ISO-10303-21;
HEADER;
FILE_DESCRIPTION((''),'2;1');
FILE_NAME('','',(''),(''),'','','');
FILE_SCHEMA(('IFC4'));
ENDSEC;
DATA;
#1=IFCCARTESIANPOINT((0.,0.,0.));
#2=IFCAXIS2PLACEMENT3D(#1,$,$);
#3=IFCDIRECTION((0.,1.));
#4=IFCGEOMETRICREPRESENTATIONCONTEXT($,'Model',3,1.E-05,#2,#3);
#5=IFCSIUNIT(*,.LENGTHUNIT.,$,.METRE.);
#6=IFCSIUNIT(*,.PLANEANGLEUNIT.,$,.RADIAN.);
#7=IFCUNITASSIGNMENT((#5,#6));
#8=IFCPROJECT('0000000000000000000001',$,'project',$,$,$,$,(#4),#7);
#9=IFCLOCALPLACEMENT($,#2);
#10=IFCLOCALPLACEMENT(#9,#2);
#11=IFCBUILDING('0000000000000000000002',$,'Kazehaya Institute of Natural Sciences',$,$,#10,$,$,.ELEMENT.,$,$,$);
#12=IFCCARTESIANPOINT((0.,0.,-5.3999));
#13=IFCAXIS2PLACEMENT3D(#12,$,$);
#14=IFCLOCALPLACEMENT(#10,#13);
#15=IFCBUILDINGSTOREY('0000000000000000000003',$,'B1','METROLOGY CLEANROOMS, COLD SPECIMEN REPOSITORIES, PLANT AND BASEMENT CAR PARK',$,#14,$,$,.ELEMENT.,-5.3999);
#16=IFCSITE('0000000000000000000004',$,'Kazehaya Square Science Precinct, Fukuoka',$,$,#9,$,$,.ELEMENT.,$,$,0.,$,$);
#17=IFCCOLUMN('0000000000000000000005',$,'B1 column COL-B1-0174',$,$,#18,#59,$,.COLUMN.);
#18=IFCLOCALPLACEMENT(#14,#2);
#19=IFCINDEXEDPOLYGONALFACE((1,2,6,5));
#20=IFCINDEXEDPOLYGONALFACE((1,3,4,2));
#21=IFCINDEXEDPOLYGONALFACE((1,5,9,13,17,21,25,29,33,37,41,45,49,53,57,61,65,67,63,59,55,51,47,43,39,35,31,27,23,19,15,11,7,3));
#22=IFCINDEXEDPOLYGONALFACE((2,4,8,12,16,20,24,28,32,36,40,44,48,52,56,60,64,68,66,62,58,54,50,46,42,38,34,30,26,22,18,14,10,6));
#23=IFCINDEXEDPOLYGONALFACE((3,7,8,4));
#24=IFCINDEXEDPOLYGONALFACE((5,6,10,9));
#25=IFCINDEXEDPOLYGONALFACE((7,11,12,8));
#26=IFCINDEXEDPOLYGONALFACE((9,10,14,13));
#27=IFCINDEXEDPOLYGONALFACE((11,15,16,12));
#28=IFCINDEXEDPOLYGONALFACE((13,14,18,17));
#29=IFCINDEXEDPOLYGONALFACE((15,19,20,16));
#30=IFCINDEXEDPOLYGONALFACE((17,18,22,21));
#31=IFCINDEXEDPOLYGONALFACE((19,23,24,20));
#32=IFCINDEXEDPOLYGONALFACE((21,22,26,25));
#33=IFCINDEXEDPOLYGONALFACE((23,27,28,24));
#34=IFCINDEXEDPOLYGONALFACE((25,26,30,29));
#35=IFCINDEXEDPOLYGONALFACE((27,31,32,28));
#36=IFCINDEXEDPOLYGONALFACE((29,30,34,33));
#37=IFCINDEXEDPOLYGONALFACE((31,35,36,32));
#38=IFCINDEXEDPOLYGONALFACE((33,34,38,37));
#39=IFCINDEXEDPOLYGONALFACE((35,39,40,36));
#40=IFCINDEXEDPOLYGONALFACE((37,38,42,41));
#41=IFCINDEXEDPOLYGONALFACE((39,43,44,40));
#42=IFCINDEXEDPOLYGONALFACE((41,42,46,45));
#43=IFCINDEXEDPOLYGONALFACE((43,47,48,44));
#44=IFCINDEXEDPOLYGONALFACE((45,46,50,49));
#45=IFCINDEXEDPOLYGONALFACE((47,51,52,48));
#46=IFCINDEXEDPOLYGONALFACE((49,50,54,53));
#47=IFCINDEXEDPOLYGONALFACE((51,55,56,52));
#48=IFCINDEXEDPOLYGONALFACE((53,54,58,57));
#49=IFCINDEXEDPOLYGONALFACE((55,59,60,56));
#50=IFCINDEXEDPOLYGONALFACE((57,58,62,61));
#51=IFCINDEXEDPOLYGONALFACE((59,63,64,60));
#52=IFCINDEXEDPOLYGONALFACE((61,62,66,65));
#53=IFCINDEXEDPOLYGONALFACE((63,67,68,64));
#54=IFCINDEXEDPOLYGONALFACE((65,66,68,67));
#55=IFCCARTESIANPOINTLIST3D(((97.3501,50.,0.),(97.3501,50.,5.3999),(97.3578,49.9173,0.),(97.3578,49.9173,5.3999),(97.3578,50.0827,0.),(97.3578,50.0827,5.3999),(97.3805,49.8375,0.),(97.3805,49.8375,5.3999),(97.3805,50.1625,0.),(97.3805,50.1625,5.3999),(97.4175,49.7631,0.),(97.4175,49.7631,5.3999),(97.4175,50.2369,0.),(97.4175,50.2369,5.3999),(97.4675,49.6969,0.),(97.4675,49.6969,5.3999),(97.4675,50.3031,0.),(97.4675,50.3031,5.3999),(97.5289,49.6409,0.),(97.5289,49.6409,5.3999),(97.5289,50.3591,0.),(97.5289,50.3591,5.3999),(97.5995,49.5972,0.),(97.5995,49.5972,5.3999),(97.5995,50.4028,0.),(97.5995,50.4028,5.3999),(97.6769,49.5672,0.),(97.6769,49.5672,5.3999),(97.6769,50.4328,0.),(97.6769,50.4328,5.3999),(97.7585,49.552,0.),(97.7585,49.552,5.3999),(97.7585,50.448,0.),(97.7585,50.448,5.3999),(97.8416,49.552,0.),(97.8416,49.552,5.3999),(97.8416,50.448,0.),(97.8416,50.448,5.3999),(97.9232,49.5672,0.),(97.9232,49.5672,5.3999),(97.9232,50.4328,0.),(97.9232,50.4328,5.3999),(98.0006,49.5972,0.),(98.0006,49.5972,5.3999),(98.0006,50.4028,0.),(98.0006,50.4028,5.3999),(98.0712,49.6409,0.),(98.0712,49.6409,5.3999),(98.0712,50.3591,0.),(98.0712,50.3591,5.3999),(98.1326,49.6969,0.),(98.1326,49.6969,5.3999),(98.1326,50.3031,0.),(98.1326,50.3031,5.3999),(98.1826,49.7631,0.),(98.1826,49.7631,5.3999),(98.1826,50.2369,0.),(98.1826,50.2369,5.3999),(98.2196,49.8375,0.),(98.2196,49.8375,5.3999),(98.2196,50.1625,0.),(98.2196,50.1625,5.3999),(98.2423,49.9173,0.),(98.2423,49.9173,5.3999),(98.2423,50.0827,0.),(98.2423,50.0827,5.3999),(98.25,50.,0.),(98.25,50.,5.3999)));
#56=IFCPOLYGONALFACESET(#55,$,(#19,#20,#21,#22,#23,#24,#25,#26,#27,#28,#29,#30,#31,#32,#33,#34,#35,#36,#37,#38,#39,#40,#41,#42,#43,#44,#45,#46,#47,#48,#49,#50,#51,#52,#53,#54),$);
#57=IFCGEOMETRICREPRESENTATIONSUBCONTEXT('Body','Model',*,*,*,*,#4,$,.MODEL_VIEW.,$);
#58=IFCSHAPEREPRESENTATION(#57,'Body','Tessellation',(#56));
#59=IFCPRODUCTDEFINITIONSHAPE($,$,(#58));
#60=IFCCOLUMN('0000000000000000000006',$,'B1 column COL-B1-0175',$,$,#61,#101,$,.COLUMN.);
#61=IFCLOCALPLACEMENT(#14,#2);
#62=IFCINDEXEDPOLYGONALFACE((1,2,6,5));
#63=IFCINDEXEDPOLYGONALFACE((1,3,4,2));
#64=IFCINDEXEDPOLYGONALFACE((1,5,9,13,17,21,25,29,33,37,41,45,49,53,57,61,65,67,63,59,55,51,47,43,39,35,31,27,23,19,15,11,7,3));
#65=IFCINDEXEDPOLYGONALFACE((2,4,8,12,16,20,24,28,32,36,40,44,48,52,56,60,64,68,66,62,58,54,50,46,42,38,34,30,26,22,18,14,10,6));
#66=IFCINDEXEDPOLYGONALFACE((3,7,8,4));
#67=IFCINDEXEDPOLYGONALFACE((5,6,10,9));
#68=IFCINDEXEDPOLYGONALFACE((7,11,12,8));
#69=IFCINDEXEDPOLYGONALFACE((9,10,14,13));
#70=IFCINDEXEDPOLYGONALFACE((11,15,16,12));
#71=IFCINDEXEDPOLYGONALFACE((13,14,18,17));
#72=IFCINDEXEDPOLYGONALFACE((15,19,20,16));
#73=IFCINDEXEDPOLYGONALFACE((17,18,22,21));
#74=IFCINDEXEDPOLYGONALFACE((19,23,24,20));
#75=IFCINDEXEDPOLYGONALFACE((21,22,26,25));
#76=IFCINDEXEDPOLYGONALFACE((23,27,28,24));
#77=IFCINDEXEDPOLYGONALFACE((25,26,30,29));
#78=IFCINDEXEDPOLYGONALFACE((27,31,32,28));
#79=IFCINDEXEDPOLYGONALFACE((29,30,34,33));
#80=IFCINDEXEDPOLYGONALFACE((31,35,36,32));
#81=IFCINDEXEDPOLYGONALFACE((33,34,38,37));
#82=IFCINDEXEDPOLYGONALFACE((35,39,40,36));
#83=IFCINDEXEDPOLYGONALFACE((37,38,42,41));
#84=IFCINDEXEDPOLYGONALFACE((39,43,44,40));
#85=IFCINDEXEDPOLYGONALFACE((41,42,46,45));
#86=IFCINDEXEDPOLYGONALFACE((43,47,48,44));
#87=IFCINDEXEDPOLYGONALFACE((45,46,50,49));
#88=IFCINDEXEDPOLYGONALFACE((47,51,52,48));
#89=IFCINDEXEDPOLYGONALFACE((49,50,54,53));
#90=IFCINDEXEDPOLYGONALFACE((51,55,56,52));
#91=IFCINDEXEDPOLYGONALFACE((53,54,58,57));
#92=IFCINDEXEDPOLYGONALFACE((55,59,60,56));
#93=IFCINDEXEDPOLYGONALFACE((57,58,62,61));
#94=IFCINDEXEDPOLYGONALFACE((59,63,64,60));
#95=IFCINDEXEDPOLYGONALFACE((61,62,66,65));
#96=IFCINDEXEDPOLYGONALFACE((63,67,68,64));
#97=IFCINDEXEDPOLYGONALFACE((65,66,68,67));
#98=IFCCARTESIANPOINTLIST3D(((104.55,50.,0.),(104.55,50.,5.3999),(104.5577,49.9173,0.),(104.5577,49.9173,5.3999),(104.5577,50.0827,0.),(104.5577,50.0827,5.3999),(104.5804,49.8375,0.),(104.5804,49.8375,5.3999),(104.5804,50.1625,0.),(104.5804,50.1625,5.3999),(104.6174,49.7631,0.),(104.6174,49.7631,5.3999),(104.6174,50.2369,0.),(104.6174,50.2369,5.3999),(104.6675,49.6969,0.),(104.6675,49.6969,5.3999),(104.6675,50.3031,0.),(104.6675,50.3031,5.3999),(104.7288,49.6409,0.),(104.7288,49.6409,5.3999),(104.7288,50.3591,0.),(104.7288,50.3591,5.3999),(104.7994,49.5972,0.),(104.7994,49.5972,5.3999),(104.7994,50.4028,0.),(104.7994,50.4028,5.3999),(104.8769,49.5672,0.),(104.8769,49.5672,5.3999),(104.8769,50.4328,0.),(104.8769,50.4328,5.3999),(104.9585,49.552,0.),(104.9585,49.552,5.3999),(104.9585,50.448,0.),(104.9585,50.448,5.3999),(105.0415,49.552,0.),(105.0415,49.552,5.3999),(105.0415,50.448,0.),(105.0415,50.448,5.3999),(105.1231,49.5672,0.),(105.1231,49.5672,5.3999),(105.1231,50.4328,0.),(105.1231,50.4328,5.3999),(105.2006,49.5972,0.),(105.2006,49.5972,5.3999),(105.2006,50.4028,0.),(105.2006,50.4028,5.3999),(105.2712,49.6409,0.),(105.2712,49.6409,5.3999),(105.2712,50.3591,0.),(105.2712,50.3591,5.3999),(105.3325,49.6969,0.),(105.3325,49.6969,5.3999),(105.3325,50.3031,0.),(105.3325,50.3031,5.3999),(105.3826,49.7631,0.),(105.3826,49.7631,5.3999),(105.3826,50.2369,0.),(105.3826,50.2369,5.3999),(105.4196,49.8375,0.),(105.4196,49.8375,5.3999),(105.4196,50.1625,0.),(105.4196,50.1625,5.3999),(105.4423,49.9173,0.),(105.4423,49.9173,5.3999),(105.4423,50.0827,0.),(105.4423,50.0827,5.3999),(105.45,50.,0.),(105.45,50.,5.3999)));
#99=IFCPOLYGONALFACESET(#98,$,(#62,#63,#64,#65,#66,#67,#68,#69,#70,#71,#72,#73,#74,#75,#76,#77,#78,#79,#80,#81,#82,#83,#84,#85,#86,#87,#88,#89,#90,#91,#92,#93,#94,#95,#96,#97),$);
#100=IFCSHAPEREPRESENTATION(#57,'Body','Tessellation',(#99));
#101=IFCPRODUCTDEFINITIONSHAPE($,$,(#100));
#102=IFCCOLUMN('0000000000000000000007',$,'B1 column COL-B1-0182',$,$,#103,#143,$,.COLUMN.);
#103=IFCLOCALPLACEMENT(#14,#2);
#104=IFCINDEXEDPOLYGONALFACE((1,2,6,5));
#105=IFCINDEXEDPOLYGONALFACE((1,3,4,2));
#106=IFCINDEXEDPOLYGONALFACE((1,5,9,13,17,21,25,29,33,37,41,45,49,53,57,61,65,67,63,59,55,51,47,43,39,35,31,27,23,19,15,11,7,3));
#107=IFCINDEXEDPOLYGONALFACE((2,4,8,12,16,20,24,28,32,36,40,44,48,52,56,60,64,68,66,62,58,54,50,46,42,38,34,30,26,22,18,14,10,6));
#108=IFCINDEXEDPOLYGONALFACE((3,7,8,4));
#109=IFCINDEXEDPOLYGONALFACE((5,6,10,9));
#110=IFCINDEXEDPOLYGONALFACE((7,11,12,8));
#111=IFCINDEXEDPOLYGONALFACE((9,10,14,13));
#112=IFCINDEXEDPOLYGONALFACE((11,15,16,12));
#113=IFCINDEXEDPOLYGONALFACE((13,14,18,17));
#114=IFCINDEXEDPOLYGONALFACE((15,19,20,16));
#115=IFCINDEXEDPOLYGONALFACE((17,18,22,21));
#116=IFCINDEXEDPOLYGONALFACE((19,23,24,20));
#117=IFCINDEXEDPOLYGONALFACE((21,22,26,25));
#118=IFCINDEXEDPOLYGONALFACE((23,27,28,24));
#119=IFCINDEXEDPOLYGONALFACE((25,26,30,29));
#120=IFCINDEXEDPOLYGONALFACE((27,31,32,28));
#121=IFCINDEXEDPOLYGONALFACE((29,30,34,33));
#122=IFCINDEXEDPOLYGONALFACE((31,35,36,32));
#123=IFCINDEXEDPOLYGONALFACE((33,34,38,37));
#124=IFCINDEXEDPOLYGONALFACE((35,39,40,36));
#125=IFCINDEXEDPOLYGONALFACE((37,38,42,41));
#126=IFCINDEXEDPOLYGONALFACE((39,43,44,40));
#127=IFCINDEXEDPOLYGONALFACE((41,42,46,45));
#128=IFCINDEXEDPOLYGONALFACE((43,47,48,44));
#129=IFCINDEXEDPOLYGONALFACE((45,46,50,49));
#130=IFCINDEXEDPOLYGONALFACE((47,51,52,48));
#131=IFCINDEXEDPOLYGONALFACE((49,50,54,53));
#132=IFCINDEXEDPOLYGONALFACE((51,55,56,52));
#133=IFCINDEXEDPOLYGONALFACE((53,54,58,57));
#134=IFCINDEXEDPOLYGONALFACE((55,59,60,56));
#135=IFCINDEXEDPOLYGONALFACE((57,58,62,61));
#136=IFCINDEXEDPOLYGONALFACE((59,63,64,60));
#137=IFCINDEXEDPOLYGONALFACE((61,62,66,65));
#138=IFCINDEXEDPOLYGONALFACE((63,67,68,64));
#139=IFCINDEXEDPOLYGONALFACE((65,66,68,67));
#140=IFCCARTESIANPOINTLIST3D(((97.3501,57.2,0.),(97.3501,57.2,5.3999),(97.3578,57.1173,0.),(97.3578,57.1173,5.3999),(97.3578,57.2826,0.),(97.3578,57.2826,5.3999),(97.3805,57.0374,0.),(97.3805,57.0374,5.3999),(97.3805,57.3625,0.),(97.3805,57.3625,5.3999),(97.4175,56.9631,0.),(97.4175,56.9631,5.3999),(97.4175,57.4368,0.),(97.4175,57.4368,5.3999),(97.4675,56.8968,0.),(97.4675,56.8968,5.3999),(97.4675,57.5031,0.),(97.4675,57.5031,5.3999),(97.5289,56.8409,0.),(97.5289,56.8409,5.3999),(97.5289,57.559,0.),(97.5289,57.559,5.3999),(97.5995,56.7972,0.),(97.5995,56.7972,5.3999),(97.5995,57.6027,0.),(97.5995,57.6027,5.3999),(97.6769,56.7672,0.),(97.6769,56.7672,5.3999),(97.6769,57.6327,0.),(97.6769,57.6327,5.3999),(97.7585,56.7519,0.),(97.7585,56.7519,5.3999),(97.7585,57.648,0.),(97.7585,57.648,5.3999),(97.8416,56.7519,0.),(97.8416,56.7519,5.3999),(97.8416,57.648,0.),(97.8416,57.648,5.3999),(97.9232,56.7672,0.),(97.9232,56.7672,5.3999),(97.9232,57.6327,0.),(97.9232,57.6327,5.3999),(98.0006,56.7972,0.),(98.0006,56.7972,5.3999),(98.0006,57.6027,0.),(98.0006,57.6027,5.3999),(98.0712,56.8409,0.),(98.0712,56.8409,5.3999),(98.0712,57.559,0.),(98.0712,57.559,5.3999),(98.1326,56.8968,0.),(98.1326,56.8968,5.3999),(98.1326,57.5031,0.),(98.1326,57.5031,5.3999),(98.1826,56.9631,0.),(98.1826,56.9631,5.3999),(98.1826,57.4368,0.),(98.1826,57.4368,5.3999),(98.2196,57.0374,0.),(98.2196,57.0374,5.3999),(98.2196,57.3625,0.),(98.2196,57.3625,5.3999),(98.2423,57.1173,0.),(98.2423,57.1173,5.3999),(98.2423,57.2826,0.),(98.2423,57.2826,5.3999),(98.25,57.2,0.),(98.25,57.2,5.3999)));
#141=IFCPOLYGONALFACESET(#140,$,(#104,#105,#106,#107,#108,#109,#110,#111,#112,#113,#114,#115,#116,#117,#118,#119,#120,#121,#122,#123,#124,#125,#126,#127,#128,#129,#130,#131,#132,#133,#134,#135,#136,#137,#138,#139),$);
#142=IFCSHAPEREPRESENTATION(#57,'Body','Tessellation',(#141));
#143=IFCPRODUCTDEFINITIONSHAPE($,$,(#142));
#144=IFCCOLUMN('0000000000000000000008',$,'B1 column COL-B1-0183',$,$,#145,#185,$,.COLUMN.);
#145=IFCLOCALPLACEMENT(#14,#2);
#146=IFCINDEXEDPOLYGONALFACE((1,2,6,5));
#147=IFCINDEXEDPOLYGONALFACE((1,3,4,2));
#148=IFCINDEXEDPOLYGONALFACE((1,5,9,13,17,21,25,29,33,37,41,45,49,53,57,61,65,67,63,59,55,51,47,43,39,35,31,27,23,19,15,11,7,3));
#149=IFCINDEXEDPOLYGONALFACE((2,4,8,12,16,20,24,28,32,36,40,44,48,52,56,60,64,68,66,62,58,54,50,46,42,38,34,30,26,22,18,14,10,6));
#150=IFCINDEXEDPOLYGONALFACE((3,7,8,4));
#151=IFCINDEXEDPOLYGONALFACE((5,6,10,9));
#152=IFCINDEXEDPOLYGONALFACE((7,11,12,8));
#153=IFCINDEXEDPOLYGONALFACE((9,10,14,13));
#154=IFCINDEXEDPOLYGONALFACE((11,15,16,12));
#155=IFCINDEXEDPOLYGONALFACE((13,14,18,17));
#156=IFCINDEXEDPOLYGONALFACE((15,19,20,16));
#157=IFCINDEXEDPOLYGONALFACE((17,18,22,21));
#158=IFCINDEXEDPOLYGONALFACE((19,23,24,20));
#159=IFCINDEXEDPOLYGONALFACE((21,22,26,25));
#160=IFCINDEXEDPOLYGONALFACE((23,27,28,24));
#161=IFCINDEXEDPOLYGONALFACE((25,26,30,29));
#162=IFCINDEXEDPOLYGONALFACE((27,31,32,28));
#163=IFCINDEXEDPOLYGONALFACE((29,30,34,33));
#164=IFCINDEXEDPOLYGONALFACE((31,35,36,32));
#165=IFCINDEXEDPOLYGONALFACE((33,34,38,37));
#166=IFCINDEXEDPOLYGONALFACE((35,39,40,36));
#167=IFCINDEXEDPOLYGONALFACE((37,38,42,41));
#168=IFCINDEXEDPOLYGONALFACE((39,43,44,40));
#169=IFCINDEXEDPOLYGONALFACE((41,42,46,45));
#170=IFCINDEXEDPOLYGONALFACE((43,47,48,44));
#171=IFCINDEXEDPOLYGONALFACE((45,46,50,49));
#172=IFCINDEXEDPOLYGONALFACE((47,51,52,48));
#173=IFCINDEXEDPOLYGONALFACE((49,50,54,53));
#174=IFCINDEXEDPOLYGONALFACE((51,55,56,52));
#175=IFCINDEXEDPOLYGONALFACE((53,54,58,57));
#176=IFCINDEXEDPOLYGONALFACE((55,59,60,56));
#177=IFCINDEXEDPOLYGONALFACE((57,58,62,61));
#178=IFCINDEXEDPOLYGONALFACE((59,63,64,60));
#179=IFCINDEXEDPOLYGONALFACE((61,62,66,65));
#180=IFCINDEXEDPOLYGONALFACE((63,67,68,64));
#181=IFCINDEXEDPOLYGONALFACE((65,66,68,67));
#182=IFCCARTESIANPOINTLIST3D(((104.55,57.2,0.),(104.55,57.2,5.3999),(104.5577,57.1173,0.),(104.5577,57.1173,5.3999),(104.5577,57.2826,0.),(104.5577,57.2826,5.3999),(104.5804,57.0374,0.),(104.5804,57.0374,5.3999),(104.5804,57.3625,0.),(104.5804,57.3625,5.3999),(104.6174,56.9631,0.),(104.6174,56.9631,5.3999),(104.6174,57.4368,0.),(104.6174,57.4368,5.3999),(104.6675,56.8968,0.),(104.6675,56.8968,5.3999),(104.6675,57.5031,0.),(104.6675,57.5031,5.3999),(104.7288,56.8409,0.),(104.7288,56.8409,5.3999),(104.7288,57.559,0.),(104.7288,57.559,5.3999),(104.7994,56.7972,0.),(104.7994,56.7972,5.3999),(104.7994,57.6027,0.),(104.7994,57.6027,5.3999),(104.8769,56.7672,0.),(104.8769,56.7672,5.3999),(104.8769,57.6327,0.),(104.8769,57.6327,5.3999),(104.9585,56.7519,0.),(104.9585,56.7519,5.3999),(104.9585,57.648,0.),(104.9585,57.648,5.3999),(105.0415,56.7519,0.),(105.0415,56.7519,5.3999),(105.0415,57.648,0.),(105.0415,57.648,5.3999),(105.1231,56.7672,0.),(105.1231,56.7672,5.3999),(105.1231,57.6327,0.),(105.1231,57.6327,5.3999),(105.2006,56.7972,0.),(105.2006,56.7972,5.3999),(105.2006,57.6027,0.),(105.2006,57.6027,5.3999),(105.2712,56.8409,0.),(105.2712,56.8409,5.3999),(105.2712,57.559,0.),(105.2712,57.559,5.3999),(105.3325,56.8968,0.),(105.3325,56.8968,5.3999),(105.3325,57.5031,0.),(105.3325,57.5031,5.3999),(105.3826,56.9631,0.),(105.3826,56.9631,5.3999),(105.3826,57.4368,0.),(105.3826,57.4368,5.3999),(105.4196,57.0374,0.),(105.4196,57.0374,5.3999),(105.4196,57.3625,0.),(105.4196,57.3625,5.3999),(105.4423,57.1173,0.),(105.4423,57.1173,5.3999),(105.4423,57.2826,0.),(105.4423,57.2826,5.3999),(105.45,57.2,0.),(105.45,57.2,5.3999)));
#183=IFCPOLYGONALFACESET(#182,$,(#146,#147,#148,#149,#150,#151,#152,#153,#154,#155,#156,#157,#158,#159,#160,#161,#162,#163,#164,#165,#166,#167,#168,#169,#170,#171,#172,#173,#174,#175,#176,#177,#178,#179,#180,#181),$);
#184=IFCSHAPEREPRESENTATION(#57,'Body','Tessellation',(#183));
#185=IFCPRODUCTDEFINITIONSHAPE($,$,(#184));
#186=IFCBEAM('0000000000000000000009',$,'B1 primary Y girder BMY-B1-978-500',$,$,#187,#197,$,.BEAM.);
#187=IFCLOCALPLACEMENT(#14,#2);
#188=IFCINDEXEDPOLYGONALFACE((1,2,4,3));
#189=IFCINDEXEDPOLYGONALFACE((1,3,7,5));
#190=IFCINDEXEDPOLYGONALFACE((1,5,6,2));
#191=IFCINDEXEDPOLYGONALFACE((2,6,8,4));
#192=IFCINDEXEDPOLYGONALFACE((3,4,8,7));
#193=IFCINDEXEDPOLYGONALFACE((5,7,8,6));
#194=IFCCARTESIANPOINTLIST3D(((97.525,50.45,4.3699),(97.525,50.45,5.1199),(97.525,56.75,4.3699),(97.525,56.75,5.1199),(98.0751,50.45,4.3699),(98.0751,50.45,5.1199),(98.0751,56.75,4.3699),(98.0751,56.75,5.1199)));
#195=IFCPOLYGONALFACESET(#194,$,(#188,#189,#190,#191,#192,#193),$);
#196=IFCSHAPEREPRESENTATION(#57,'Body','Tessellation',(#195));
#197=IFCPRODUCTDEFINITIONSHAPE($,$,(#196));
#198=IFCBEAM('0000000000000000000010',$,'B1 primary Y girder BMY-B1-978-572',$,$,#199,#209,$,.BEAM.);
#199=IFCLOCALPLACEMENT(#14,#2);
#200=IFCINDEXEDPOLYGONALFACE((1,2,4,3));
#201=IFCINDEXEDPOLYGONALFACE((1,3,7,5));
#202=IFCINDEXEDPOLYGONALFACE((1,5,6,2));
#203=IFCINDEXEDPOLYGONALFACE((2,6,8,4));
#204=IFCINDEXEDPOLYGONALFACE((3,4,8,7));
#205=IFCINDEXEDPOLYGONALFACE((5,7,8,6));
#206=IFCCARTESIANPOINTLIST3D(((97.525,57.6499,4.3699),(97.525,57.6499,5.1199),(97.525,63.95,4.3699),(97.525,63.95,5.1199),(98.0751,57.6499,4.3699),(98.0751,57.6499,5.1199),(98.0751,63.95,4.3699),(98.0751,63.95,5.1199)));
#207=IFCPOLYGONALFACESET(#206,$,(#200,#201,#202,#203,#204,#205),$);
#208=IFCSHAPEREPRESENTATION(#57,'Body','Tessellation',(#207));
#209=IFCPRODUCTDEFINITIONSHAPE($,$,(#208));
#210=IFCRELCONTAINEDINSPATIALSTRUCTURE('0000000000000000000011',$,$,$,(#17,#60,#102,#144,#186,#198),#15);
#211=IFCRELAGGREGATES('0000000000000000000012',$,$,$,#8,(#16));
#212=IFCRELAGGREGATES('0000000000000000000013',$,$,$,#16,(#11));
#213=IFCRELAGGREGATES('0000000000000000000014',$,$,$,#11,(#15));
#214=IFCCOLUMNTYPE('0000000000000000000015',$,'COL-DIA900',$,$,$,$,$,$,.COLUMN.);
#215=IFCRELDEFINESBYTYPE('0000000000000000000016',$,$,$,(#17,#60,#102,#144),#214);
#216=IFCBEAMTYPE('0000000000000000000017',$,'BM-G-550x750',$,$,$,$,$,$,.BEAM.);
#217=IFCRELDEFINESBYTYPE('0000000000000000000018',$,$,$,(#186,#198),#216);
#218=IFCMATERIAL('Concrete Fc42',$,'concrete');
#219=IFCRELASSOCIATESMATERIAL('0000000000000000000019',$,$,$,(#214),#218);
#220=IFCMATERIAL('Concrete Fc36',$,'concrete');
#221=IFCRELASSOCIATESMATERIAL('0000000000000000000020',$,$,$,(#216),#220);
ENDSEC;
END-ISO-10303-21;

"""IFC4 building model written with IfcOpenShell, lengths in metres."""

from ifc_helpers import new_model, si_unit, direction, frame, origin, origin_2d, place, context, subcontext, project, spatial, rectangle, circle, extrude, material, material_profile, profile_set, type_object, element, save


model = new_model("IFC4")

# Units and contexts
model_context = context("Model", 3, precision=1e-05, world=origin(), true_north=direction((0.0, 1.0)))
body_context = subcontext(model_context, "Body", "Model", "MODEL_VIEW")
ifc_project = project(units=[si_unit("LENGTHUNIT", "METRE"), si_unit("PLANEANGLEUNIT", "RADIAN")], contexts=[model_context])

# Site, building, storey
site_placement = place(None, origin())
site = spatial("IfcSite", under=ifc_project, at=site_placement, Name="Kazehaya Square Science Precinct, Fukuoka", CompositionType="ELEMENT", RefElevation=0.0)
building_placement = place(site_placement, origin())
building = spatial("IfcBuilding", under=site, at=building_placement, Name="Kazehaya Institute of Natural Sciences", CompositionType="ELEMENT")
storey_placement = place(building_placement, frame((0.0, 0.0, -5.3999)))
storey = spatial("IfcBuildingStorey", under=building, at=storey_placement, Name="B1", Description="METROLOGY CLEANROOMS, COLD SPECIMEN REPOSITORIES, PLANT AND BASEMENT CAR PARK", CompositionType="ELEMENT", Elevation=-5.3999)

# Shared definitions
ifc_material_1 = material(Name="Concrete Fc36", Category="concrete")

# Columns
ifc_material_2 = material(Name="Concrete Fc42", Category="concrete")
ifc_material_profile_1 = material_profile(ifc_material_2, circle(Radius=0.45, at=origin_2d()), Name="RC-DIA900")
ifc_profile_set_1 = profile_set([ifc_material_profile_1], Name="Concrete Fc42")
column_type = type_object("IfcColumnType", Name="COL-DIA900", PredefinedType="COLUMN", material=ifc_profile_set_1)
for number, where, z_axis, x_axis, name in (
    (1, (97.8, 50.0, 0.0), (0.0, 0.0, 1.0), (1.0, 0.0, 0.0), "B1 column COL-B1-0174"),
    (2, (105.0, 50.0, 0.0), (0.0, 0.0, 1.0), (1.0, 0.0, 0.0), "B1 column COL-B1-0175"),
    (3, (97.8, 57.2, 0.0), (0.0, 0.0, 1.0), (1.0, 0.0, 0.0), "B1 column COL-B1-0182"),
    (4, (105.0, 57.2, 0.0), (0.0, 0.0, 1.0), (1.0, 0.0, 0.0), "B1 column COL-B1-0183"),
):
    element("IfcColumn", number, at=place(storey_placement, frame(where, z_axis=z_axis, x_axis=x_axis)), inside=storey, type_object=column_type, Name=name, PredefinedType="COLUMN", context=body_context, shape_type="SweptSolid", body=[
        extrude(circle(Radius=0.45, at=origin_2d()), origin(), (0.0, 0.0, 1.0), 5.3999),
    ])

# Beams
ifc_material_profile_2 = material_profile(ifc_material_1, rectangle(XDim=0.55, YDim=0.75, at=origin_2d()), Name="RC-550x750")
ifc_profile_set_2 = profile_set([ifc_material_profile_2], Name="Concrete Fc36")
beam_type_1 = type_object("IfcBeamType", Name="BM-G-550x750", PredefinedType="BEAM", material=ifc_profile_set_2)
for number, where, z_axis, x_axis, name in (
    (5, (97.8, 50.45, 4.7449), (0.0, 1.0, 0.0), (-1.0, 0.0, 0.0), "B1 primary Y girder BMY-B1-978-500"),
    (6, (97.8, 57.6499, 4.7449), (0.0, 1.0, 0.0), (-1.0, 0.0, 0.0), "B1 primary Y girder BMY-B1-978-572"),
):
    element("IfcBeam", number, at=place(storey_placement, frame(where, z_axis=z_axis, x_axis=x_axis)), inside=storey, type_object=beam_type_1, Name=name, PredefinedType="BEAM", context=body_context, shape_type="SweptSolid", body=[
        extrude(rectangle(XDim=0.55, YDim=0.75, at=origin_2d()), origin(), (0.0, 0.0, 1.0), 6.3),
    ])

save(model, "model.ifc")
